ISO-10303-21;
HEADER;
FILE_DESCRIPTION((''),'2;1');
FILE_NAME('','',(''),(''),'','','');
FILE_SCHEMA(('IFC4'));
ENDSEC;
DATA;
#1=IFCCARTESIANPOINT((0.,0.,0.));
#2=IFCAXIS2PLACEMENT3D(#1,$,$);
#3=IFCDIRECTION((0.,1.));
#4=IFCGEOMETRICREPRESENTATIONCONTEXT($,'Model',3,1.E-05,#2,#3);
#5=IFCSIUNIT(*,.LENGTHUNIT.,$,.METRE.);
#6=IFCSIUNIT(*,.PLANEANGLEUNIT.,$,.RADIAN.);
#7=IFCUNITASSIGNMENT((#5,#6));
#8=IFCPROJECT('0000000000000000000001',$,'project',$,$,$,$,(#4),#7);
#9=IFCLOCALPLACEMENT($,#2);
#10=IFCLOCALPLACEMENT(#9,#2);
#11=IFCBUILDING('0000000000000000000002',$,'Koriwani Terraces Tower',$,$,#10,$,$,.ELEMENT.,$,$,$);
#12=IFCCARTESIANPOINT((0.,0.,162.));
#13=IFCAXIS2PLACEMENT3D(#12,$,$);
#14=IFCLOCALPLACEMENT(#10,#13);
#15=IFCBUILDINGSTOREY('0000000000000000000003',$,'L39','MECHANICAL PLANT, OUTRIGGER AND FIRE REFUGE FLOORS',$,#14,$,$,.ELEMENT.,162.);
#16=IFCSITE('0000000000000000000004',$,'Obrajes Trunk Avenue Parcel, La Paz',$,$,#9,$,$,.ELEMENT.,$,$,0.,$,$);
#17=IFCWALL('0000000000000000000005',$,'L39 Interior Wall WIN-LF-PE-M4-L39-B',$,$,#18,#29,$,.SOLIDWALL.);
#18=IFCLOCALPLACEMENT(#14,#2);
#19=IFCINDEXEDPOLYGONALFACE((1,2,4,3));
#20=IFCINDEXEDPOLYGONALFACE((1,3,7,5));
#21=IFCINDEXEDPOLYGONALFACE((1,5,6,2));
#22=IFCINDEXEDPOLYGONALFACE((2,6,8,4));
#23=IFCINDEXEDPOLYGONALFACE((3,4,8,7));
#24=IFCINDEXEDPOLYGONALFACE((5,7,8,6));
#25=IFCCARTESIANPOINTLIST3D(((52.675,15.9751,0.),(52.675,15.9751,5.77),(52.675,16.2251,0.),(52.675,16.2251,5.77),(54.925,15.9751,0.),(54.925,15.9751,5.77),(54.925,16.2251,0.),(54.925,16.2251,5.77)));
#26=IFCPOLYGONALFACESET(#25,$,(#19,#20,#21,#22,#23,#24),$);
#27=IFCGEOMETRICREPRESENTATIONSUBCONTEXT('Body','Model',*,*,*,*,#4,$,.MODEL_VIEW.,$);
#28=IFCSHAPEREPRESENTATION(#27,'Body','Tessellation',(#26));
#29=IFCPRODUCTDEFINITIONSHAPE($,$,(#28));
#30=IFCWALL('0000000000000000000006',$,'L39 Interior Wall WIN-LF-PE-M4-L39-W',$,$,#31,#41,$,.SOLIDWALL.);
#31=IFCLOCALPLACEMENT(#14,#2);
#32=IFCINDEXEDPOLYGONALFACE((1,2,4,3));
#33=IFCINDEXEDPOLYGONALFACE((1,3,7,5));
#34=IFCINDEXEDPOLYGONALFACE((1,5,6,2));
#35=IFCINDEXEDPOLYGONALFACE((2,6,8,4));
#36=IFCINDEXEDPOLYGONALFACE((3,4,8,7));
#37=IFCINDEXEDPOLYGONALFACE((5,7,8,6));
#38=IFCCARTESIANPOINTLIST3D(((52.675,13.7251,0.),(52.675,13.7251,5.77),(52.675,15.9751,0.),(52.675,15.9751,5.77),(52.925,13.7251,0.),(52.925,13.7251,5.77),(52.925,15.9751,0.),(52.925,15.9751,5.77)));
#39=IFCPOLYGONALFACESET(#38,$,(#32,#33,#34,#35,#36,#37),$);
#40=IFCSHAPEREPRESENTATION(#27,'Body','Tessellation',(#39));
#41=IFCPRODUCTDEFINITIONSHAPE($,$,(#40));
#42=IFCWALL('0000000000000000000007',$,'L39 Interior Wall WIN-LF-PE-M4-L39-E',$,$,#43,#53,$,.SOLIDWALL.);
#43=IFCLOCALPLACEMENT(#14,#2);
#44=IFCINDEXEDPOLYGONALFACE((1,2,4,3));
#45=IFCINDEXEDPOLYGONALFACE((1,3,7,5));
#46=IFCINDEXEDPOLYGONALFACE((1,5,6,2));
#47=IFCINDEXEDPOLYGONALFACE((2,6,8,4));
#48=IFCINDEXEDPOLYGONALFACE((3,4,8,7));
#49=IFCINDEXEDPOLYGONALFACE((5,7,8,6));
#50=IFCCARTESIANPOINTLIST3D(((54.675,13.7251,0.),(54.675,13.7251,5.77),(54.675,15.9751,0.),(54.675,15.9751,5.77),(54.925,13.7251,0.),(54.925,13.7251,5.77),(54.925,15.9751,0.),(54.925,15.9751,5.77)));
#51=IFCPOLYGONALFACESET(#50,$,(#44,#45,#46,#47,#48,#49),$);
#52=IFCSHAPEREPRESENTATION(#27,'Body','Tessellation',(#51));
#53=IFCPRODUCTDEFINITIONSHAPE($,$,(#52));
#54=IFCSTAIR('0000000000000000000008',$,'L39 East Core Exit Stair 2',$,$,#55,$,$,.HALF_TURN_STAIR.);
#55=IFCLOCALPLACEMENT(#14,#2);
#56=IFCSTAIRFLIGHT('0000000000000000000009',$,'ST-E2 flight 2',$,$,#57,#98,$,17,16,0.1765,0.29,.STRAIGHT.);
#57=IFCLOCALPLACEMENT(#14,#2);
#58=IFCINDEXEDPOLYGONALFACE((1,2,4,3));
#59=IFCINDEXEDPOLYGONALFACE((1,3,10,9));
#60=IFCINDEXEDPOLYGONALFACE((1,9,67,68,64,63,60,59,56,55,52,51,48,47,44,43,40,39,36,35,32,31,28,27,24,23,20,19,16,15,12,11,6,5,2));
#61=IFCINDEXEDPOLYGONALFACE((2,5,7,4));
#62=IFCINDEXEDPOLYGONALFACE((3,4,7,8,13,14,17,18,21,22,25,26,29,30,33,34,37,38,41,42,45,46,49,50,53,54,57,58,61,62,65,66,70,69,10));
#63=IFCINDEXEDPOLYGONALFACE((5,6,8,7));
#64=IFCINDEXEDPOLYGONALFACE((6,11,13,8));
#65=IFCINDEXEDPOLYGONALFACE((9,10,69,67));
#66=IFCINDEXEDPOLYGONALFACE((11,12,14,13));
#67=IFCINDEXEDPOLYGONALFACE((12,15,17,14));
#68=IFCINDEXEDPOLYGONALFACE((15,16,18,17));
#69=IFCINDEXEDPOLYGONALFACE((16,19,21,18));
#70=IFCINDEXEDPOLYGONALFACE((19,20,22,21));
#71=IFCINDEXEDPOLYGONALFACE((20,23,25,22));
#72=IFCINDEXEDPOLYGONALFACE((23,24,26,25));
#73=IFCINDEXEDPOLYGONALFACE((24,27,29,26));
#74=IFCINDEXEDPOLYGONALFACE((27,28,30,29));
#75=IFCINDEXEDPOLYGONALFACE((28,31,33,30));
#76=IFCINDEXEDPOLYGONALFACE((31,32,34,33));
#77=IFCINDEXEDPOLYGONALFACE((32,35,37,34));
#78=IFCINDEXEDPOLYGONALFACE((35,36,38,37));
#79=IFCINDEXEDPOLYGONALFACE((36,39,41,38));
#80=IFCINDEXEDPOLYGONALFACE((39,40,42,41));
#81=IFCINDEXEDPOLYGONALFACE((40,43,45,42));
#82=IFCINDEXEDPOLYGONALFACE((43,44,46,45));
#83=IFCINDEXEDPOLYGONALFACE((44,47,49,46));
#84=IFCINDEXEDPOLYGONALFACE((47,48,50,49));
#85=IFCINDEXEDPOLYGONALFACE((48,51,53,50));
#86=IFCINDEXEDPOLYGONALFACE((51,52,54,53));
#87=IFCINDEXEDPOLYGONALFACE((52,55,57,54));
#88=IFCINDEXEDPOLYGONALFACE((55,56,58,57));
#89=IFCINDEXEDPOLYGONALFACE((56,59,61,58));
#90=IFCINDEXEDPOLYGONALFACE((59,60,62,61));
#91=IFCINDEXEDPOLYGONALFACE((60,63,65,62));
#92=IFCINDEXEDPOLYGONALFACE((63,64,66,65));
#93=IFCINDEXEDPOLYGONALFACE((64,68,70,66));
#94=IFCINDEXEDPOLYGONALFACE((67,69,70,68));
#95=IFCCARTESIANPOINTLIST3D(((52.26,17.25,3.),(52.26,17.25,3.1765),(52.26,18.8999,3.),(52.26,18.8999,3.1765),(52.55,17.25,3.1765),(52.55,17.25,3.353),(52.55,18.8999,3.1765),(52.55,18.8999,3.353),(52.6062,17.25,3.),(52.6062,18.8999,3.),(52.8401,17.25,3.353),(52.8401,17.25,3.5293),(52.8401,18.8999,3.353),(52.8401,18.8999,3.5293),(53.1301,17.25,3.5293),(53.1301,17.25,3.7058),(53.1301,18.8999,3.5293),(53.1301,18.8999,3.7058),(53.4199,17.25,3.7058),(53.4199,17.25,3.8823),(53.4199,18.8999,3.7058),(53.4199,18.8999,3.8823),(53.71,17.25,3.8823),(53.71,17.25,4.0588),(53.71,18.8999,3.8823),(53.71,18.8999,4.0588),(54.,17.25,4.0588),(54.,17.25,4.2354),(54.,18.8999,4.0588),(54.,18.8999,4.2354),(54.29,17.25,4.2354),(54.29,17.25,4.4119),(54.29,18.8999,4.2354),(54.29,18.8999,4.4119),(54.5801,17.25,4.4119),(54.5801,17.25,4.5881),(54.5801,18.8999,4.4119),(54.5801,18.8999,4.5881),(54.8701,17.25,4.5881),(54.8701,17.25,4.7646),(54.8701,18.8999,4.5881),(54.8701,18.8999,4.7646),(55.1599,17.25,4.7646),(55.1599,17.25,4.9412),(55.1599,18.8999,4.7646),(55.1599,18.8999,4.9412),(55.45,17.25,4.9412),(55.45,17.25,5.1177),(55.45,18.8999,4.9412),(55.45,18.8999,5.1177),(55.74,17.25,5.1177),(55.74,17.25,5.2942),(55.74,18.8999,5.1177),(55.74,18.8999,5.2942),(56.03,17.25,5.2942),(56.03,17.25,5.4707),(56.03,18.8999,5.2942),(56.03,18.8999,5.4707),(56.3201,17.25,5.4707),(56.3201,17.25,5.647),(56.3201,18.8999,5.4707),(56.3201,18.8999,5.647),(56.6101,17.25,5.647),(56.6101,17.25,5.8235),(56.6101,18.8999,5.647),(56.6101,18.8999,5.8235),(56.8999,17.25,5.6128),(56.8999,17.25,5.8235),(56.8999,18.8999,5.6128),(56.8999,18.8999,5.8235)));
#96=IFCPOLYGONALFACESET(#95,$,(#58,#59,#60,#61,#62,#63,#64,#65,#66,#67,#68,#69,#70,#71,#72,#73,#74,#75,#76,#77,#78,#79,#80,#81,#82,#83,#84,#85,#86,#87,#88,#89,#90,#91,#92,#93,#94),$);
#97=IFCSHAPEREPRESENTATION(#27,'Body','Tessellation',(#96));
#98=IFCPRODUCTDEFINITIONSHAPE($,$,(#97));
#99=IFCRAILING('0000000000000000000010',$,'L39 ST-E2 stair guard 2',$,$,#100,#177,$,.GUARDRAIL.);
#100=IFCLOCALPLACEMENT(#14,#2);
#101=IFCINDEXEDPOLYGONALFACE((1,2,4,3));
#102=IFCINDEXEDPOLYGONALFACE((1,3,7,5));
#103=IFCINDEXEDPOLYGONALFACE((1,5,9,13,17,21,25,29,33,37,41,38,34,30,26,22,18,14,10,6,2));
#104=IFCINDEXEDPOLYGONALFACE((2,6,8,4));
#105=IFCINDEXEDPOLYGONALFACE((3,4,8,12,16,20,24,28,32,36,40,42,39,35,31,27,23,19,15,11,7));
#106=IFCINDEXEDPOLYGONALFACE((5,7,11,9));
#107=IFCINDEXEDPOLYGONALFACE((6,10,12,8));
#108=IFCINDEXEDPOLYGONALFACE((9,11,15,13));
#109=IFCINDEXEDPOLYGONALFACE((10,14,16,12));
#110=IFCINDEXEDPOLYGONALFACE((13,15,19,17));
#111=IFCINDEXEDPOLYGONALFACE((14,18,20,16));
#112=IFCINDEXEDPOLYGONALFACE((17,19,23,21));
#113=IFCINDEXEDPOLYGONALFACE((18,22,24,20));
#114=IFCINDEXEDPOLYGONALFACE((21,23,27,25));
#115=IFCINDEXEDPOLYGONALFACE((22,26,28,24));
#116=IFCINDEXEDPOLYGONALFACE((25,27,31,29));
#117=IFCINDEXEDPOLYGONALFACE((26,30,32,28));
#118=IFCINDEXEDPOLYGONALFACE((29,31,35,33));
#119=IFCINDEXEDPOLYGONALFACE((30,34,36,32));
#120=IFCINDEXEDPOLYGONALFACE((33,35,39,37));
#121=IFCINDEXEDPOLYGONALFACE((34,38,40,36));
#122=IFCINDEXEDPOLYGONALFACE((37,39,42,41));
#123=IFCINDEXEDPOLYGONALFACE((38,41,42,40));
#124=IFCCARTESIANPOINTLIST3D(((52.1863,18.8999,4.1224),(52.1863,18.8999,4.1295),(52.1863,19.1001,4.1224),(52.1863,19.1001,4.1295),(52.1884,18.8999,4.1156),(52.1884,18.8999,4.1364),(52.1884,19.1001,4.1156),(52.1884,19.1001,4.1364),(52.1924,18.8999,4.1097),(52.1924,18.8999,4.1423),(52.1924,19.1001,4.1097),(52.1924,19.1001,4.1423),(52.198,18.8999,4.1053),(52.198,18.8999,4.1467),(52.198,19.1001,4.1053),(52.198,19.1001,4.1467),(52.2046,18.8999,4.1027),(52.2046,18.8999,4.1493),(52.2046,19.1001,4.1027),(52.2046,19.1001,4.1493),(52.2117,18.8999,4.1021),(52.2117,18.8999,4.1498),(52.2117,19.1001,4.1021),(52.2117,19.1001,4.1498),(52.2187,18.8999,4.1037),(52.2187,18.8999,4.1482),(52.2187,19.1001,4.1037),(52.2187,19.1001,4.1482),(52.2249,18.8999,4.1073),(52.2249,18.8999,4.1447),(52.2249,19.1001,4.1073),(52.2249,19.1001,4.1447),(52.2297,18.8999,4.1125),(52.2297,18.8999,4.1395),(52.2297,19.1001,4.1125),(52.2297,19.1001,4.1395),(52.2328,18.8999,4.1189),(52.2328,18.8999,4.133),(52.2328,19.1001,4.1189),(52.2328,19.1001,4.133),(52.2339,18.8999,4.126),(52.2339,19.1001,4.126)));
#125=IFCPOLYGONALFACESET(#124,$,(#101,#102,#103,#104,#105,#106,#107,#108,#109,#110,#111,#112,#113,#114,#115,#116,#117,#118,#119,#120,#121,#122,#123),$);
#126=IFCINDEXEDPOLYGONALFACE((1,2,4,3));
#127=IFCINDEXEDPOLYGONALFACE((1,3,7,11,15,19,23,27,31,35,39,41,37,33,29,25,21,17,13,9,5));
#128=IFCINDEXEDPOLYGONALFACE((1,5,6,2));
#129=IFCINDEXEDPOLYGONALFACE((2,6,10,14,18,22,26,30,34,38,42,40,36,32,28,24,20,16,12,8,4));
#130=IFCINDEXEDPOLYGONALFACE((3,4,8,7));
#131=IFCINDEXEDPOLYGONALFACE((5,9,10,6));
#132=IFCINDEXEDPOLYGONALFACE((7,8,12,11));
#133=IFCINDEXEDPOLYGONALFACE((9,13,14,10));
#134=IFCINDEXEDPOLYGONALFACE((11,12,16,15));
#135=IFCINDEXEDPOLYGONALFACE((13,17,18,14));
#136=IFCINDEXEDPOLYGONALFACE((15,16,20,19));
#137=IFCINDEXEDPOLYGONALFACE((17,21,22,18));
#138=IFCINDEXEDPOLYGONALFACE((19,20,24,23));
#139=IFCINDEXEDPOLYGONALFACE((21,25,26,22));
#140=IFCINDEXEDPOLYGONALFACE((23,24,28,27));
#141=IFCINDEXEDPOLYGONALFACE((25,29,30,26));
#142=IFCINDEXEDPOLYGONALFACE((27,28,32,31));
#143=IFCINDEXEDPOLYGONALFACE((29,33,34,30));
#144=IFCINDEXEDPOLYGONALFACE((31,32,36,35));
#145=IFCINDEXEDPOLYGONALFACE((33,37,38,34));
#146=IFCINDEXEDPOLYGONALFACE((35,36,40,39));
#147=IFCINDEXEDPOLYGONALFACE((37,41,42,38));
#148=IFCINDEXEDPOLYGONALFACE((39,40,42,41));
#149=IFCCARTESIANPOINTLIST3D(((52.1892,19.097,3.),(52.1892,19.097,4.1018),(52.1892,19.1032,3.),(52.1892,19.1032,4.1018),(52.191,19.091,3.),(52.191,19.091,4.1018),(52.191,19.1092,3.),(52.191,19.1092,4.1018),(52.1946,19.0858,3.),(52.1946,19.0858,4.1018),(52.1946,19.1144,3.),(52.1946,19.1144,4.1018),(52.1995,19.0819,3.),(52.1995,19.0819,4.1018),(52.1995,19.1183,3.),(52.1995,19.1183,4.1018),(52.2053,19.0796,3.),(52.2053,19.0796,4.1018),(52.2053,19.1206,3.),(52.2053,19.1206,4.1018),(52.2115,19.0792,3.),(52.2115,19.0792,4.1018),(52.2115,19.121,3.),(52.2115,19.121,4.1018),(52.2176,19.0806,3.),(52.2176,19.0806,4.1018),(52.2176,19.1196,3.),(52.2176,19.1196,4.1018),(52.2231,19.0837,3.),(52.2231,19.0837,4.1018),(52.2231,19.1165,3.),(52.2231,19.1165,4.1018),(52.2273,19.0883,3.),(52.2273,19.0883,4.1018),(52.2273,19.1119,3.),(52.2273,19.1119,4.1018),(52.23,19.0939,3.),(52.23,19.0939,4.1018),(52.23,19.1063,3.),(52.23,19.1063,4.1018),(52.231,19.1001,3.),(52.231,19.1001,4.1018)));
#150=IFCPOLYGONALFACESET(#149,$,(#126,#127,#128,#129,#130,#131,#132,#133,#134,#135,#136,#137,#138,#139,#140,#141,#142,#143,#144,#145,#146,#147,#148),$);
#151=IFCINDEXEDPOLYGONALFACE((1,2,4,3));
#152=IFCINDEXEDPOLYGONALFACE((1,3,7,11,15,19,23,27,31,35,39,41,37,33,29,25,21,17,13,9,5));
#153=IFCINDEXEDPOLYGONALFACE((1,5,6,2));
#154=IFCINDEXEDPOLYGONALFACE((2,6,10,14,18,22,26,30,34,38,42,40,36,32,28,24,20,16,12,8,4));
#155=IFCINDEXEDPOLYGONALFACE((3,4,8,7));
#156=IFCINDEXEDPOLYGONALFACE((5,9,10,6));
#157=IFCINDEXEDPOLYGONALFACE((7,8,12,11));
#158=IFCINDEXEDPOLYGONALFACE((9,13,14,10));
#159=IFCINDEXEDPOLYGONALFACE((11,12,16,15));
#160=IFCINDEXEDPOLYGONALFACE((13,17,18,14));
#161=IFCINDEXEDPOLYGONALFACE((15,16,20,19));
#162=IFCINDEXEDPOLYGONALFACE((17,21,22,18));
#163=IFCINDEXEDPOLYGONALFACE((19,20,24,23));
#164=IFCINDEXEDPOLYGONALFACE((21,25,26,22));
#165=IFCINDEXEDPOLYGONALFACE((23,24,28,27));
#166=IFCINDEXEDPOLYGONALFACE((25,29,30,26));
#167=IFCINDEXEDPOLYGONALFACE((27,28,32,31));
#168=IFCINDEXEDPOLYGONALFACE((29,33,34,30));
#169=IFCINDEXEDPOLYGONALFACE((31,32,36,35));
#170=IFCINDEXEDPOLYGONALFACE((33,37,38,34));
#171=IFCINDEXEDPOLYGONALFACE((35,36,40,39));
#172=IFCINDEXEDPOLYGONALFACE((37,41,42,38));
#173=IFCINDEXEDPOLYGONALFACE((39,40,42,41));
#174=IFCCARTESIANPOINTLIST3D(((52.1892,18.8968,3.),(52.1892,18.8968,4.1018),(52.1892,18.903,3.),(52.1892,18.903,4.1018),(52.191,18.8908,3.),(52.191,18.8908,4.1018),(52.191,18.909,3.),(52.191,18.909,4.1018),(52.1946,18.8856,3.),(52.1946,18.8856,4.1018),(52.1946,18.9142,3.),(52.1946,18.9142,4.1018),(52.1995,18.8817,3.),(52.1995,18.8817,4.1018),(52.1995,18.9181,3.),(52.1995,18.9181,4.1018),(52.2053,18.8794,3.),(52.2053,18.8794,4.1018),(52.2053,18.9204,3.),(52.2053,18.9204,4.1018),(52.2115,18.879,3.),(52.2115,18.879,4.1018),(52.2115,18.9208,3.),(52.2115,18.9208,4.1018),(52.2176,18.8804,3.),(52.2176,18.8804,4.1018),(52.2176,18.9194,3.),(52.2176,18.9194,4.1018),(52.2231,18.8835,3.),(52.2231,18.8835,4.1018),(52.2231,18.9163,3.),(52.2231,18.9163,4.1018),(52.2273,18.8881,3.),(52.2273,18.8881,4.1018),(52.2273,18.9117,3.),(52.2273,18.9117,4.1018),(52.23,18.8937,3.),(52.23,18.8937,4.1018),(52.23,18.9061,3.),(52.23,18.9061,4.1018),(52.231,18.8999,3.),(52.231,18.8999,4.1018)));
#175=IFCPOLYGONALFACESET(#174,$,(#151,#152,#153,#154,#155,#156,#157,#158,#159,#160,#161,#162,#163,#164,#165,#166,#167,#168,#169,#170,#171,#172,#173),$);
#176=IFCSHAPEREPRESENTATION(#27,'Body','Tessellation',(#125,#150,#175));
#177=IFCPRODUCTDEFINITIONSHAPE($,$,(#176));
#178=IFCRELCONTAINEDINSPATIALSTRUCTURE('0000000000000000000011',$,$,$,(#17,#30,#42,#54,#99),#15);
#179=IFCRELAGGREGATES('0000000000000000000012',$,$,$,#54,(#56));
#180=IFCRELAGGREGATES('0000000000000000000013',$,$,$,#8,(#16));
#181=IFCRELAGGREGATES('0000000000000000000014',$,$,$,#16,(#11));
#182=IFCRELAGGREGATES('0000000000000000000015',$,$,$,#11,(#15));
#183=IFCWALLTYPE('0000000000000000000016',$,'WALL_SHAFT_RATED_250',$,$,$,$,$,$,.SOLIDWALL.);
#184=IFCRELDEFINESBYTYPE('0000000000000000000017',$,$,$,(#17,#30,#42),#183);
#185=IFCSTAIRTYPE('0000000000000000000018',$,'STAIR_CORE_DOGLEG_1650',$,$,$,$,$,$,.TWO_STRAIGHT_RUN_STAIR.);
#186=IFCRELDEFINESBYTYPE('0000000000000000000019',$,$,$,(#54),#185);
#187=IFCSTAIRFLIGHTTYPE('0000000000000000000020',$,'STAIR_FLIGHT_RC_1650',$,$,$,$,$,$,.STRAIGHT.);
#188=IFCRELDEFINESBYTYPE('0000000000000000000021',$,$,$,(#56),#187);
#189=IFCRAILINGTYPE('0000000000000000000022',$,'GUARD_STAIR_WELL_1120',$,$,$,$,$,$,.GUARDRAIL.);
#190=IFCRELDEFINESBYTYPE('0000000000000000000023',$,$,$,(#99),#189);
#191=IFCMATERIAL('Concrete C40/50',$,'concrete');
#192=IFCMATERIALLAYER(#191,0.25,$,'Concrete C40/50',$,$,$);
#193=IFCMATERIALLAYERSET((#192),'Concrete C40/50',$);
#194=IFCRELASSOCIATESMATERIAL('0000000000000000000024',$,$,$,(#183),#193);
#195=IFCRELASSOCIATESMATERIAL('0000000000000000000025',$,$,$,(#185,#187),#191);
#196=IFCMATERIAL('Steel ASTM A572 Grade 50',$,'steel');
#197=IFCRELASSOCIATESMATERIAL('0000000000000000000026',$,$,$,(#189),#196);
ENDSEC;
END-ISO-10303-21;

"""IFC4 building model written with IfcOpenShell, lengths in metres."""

from ifc_helpers import new_model, si_unit, direction, frame, frame_2d, origin, origin_2d, place, context, subcontext, project, spatial, polyline, rectangle, circle, outline, extrude, material, layer, layer_set, type_object, element, aggregate, save


model = new_model("IFC4")

# Units and contexts
model_context = context("Model", 3, precision=1e-05, world=origin(), true_north=direction((0.0, 1.0)))
body_context = subcontext(model_context, "Body", "Model", "MODEL_VIEW")
ifc_project = project(units=[si_unit("LENGTHUNIT", "METRE"), si_unit("PLANEANGLEUNIT", "RADIAN")], contexts=[model_context])

# Site, building, storey
site_placement = place(None, origin())
site = spatial("IfcSite", under=ifc_project, at=site_placement, Name="Obrajes Trunk Avenue Parcel, La Paz", CompositionType="ELEMENT", RefElevation=0.0)
building_placement = place(site_placement, origin())
building = spatial("IfcBuilding", under=site, at=building_placement, Name="Koriwani Terraces Tower", CompositionType="ELEMENT")
storey_placement = place(building_placement, frame((0.0, 0.0, 162.0)))
storey = spatial("IfcBuildingStorey", under=building, at=storey_placement, Name="L39", Description="MECHANICAL PLANT, OUTRIGGER AND FIRE REFUGE FLOORS", CompositionType="ELEMENT", Elevation=162.0)

# Shared definitions
ifc_material_1 = material(Name="Concrete C40/50", Category="concrete")

# Shared definitions
ifc_material_2 = material(Name="Steel ASTM A572 Grade 50", Category="steel")

# Shared definitions
ifc_layer_1 = layer(ifc_material_1, 0.25, Name="Concrete C40/50")
ifc_layer_set_1 = layer_set([ifc_layer_1], Name="Concrete C40/50")
wall_type_1 = type_object("IfcWallType", Name="WALL_SHAFT_RATED_250", PredefinedType="SOLIDWALL", material=ifc_layer_set_1)

# Walls
for number, where, z_axis, x_axis, name in (
    (1, (52.675, 16.1001, 0.0), (0.0, 0.0, 1.0), (1.0, 0.0, 0.0), "L39 Interior Wall WIN-LF-PE-M4-L39-B"),
    (2, (52.8, 13.7251, 0.0), (0.0, 0.0, 1.0), (0.0, 1.0, 0.0), "L39 Interior Wall WIN-LF-PE-M4-L39-W"),
    (3, (54.8, 13.7251, 0.0), (0.0, 0.0, 1.0), (0.0, 1.0, 0.0), "L39 Interior Wall WIN-LF-PE-M4-L39-E"),
):
    element("IfcWall", number, at=place(storey_placement, frame(where, z_axis=z_axis, x_axis=x_axis)), inside=storey, type_object=wall_type_1, Name=name, PredefinedType="SOLIDWALL", context=body_context, shape_type="SweptSolid", body=[
        extrude(rectangle(XDim=2.25, YDim=0.25, at=frame_2d((1.125, 0.0))), origin(), (0.0, 0.0, 1.0), 5.77),
    ])

# Stair, stair flight
stair_type = type_object("IfcStairType", Name="STAIR_CORE_DOGLEG_1650", PredefinedType="TWO_STRAIGHT_RUN_STAIR", material=ifc_material_1)
stair_placement = place(storey_placement, origin())
stair = element("IfcStair", 4, at=stair_placement, inside=storey, type_object=stair_type, Name="L39 East Core Exit Stair 2", PredefinedType="HALF_TURN_STAIR")
stair_flight_type = type_object("IfcStairFlightType", Name="STAIR_FLIGHT_RC_1650", PredefinedType="STRAIGHT", material=ifc_material_1)
stair_flight_placement = place(storey_placement, frame((52.26, 18.075, 3.0), z_axis=(0.0, 0.0, 1.0), x_axis=(1.0, 0.0, 0.0)))
stair_flight = element("IfcStairFlight", 5, at=stair_flight_placement, type_object=stair_flight_type, Name="ST-E2 flight 2", NumberOfRisers=17, NumberOfTreads=16, PredefinedType="STRAIGHT", RiserHeight=0.1765, TreadLength=0.29, context=body_context, shape_type="SweptSolid", body=[
    extrude(outline(polyline([(0.0, 0.0), (0.0, 0.1765), (0.29, 0.1765), (0.29, 0.353), (0.5801, 0.353), (0.5801, 0.5293), (0.8701, 0.5293), (0.8701, 0.7058), (1.1599, 0.7058), (1.1599, 0.8823), (1.45, 0.8823), (1.45, 1.0588), (1.74, 1.0588), (1.74, 1.2354), (2.03, 1.2354), (2.03, 1.4119), (2.3201, 1.4119), (2.3201, 1.5881), (2.6101, 1.5881), (2.6101, 1.7646), (2.8999, 1.7646), (2.8999, 1.9412), (3.1899, 1.9412), (3.1899, 2.1177), (3.48, 2.1177), (3.48, 2.2942), (3.77, 2.2942), (3.77, 2.4707), (4.0601, 2.4707), (4.0601, 2.647), (4.3501, 2.647), (4.3501, 2.8235), (4.6399, 2.8235), (4.6399, 3.0), (4.6399, 2.6128), (0.3462, 0.0), (0.0, 0.0)])), frame((0.0, 0.825, 0.0), z_axis=(0.0, -1.0, 0.0), x_axis=(1.0, 0.0, 0.0)), (0.0, 0.0, 1.0), 1.6499),
])
aggregate(stair, [stair_flight])

# Railing
railing_type_1 = type_object("IfcRailingType", Name="GUARD_STAIR_WELL_1120", PredefinedType="GUARDRAIL", material=ifc_material_2)
railing_1_placement = place(storey_placement, frame((52.21, 19.1001, 3.0)))
element("IfcRailing", 6, at=railing_1_placement, inside=storey, type_object=railing_type_1, Name="L39 ST-E2 stair guard 2", PredefinedType="GUARDRAIL", context=body_context, shape_type="SweptSolid", body=[
    extrude(circle(Radius=0.0239, at=origin_2d()), frame((0.0, 0.0, 1.126), z_axis=(0.0, -1.0, 0.0), x_axis=(1.0, 0.0, 0.0)), (0.0, 0.0, 1.0), 0.2002),
    extrude(circle(Radius=0.021, at=origin_2d()), origin(), (0.0, 0.0, 1.0), 1.1018),
    extrude(circle(Radius=0.021, at=origin_2d()), frame((0.0, -0.2002, 0.0)), (0.0, 0.0, 1.0), 1.1018),
])

save(model, "model.ifc")
